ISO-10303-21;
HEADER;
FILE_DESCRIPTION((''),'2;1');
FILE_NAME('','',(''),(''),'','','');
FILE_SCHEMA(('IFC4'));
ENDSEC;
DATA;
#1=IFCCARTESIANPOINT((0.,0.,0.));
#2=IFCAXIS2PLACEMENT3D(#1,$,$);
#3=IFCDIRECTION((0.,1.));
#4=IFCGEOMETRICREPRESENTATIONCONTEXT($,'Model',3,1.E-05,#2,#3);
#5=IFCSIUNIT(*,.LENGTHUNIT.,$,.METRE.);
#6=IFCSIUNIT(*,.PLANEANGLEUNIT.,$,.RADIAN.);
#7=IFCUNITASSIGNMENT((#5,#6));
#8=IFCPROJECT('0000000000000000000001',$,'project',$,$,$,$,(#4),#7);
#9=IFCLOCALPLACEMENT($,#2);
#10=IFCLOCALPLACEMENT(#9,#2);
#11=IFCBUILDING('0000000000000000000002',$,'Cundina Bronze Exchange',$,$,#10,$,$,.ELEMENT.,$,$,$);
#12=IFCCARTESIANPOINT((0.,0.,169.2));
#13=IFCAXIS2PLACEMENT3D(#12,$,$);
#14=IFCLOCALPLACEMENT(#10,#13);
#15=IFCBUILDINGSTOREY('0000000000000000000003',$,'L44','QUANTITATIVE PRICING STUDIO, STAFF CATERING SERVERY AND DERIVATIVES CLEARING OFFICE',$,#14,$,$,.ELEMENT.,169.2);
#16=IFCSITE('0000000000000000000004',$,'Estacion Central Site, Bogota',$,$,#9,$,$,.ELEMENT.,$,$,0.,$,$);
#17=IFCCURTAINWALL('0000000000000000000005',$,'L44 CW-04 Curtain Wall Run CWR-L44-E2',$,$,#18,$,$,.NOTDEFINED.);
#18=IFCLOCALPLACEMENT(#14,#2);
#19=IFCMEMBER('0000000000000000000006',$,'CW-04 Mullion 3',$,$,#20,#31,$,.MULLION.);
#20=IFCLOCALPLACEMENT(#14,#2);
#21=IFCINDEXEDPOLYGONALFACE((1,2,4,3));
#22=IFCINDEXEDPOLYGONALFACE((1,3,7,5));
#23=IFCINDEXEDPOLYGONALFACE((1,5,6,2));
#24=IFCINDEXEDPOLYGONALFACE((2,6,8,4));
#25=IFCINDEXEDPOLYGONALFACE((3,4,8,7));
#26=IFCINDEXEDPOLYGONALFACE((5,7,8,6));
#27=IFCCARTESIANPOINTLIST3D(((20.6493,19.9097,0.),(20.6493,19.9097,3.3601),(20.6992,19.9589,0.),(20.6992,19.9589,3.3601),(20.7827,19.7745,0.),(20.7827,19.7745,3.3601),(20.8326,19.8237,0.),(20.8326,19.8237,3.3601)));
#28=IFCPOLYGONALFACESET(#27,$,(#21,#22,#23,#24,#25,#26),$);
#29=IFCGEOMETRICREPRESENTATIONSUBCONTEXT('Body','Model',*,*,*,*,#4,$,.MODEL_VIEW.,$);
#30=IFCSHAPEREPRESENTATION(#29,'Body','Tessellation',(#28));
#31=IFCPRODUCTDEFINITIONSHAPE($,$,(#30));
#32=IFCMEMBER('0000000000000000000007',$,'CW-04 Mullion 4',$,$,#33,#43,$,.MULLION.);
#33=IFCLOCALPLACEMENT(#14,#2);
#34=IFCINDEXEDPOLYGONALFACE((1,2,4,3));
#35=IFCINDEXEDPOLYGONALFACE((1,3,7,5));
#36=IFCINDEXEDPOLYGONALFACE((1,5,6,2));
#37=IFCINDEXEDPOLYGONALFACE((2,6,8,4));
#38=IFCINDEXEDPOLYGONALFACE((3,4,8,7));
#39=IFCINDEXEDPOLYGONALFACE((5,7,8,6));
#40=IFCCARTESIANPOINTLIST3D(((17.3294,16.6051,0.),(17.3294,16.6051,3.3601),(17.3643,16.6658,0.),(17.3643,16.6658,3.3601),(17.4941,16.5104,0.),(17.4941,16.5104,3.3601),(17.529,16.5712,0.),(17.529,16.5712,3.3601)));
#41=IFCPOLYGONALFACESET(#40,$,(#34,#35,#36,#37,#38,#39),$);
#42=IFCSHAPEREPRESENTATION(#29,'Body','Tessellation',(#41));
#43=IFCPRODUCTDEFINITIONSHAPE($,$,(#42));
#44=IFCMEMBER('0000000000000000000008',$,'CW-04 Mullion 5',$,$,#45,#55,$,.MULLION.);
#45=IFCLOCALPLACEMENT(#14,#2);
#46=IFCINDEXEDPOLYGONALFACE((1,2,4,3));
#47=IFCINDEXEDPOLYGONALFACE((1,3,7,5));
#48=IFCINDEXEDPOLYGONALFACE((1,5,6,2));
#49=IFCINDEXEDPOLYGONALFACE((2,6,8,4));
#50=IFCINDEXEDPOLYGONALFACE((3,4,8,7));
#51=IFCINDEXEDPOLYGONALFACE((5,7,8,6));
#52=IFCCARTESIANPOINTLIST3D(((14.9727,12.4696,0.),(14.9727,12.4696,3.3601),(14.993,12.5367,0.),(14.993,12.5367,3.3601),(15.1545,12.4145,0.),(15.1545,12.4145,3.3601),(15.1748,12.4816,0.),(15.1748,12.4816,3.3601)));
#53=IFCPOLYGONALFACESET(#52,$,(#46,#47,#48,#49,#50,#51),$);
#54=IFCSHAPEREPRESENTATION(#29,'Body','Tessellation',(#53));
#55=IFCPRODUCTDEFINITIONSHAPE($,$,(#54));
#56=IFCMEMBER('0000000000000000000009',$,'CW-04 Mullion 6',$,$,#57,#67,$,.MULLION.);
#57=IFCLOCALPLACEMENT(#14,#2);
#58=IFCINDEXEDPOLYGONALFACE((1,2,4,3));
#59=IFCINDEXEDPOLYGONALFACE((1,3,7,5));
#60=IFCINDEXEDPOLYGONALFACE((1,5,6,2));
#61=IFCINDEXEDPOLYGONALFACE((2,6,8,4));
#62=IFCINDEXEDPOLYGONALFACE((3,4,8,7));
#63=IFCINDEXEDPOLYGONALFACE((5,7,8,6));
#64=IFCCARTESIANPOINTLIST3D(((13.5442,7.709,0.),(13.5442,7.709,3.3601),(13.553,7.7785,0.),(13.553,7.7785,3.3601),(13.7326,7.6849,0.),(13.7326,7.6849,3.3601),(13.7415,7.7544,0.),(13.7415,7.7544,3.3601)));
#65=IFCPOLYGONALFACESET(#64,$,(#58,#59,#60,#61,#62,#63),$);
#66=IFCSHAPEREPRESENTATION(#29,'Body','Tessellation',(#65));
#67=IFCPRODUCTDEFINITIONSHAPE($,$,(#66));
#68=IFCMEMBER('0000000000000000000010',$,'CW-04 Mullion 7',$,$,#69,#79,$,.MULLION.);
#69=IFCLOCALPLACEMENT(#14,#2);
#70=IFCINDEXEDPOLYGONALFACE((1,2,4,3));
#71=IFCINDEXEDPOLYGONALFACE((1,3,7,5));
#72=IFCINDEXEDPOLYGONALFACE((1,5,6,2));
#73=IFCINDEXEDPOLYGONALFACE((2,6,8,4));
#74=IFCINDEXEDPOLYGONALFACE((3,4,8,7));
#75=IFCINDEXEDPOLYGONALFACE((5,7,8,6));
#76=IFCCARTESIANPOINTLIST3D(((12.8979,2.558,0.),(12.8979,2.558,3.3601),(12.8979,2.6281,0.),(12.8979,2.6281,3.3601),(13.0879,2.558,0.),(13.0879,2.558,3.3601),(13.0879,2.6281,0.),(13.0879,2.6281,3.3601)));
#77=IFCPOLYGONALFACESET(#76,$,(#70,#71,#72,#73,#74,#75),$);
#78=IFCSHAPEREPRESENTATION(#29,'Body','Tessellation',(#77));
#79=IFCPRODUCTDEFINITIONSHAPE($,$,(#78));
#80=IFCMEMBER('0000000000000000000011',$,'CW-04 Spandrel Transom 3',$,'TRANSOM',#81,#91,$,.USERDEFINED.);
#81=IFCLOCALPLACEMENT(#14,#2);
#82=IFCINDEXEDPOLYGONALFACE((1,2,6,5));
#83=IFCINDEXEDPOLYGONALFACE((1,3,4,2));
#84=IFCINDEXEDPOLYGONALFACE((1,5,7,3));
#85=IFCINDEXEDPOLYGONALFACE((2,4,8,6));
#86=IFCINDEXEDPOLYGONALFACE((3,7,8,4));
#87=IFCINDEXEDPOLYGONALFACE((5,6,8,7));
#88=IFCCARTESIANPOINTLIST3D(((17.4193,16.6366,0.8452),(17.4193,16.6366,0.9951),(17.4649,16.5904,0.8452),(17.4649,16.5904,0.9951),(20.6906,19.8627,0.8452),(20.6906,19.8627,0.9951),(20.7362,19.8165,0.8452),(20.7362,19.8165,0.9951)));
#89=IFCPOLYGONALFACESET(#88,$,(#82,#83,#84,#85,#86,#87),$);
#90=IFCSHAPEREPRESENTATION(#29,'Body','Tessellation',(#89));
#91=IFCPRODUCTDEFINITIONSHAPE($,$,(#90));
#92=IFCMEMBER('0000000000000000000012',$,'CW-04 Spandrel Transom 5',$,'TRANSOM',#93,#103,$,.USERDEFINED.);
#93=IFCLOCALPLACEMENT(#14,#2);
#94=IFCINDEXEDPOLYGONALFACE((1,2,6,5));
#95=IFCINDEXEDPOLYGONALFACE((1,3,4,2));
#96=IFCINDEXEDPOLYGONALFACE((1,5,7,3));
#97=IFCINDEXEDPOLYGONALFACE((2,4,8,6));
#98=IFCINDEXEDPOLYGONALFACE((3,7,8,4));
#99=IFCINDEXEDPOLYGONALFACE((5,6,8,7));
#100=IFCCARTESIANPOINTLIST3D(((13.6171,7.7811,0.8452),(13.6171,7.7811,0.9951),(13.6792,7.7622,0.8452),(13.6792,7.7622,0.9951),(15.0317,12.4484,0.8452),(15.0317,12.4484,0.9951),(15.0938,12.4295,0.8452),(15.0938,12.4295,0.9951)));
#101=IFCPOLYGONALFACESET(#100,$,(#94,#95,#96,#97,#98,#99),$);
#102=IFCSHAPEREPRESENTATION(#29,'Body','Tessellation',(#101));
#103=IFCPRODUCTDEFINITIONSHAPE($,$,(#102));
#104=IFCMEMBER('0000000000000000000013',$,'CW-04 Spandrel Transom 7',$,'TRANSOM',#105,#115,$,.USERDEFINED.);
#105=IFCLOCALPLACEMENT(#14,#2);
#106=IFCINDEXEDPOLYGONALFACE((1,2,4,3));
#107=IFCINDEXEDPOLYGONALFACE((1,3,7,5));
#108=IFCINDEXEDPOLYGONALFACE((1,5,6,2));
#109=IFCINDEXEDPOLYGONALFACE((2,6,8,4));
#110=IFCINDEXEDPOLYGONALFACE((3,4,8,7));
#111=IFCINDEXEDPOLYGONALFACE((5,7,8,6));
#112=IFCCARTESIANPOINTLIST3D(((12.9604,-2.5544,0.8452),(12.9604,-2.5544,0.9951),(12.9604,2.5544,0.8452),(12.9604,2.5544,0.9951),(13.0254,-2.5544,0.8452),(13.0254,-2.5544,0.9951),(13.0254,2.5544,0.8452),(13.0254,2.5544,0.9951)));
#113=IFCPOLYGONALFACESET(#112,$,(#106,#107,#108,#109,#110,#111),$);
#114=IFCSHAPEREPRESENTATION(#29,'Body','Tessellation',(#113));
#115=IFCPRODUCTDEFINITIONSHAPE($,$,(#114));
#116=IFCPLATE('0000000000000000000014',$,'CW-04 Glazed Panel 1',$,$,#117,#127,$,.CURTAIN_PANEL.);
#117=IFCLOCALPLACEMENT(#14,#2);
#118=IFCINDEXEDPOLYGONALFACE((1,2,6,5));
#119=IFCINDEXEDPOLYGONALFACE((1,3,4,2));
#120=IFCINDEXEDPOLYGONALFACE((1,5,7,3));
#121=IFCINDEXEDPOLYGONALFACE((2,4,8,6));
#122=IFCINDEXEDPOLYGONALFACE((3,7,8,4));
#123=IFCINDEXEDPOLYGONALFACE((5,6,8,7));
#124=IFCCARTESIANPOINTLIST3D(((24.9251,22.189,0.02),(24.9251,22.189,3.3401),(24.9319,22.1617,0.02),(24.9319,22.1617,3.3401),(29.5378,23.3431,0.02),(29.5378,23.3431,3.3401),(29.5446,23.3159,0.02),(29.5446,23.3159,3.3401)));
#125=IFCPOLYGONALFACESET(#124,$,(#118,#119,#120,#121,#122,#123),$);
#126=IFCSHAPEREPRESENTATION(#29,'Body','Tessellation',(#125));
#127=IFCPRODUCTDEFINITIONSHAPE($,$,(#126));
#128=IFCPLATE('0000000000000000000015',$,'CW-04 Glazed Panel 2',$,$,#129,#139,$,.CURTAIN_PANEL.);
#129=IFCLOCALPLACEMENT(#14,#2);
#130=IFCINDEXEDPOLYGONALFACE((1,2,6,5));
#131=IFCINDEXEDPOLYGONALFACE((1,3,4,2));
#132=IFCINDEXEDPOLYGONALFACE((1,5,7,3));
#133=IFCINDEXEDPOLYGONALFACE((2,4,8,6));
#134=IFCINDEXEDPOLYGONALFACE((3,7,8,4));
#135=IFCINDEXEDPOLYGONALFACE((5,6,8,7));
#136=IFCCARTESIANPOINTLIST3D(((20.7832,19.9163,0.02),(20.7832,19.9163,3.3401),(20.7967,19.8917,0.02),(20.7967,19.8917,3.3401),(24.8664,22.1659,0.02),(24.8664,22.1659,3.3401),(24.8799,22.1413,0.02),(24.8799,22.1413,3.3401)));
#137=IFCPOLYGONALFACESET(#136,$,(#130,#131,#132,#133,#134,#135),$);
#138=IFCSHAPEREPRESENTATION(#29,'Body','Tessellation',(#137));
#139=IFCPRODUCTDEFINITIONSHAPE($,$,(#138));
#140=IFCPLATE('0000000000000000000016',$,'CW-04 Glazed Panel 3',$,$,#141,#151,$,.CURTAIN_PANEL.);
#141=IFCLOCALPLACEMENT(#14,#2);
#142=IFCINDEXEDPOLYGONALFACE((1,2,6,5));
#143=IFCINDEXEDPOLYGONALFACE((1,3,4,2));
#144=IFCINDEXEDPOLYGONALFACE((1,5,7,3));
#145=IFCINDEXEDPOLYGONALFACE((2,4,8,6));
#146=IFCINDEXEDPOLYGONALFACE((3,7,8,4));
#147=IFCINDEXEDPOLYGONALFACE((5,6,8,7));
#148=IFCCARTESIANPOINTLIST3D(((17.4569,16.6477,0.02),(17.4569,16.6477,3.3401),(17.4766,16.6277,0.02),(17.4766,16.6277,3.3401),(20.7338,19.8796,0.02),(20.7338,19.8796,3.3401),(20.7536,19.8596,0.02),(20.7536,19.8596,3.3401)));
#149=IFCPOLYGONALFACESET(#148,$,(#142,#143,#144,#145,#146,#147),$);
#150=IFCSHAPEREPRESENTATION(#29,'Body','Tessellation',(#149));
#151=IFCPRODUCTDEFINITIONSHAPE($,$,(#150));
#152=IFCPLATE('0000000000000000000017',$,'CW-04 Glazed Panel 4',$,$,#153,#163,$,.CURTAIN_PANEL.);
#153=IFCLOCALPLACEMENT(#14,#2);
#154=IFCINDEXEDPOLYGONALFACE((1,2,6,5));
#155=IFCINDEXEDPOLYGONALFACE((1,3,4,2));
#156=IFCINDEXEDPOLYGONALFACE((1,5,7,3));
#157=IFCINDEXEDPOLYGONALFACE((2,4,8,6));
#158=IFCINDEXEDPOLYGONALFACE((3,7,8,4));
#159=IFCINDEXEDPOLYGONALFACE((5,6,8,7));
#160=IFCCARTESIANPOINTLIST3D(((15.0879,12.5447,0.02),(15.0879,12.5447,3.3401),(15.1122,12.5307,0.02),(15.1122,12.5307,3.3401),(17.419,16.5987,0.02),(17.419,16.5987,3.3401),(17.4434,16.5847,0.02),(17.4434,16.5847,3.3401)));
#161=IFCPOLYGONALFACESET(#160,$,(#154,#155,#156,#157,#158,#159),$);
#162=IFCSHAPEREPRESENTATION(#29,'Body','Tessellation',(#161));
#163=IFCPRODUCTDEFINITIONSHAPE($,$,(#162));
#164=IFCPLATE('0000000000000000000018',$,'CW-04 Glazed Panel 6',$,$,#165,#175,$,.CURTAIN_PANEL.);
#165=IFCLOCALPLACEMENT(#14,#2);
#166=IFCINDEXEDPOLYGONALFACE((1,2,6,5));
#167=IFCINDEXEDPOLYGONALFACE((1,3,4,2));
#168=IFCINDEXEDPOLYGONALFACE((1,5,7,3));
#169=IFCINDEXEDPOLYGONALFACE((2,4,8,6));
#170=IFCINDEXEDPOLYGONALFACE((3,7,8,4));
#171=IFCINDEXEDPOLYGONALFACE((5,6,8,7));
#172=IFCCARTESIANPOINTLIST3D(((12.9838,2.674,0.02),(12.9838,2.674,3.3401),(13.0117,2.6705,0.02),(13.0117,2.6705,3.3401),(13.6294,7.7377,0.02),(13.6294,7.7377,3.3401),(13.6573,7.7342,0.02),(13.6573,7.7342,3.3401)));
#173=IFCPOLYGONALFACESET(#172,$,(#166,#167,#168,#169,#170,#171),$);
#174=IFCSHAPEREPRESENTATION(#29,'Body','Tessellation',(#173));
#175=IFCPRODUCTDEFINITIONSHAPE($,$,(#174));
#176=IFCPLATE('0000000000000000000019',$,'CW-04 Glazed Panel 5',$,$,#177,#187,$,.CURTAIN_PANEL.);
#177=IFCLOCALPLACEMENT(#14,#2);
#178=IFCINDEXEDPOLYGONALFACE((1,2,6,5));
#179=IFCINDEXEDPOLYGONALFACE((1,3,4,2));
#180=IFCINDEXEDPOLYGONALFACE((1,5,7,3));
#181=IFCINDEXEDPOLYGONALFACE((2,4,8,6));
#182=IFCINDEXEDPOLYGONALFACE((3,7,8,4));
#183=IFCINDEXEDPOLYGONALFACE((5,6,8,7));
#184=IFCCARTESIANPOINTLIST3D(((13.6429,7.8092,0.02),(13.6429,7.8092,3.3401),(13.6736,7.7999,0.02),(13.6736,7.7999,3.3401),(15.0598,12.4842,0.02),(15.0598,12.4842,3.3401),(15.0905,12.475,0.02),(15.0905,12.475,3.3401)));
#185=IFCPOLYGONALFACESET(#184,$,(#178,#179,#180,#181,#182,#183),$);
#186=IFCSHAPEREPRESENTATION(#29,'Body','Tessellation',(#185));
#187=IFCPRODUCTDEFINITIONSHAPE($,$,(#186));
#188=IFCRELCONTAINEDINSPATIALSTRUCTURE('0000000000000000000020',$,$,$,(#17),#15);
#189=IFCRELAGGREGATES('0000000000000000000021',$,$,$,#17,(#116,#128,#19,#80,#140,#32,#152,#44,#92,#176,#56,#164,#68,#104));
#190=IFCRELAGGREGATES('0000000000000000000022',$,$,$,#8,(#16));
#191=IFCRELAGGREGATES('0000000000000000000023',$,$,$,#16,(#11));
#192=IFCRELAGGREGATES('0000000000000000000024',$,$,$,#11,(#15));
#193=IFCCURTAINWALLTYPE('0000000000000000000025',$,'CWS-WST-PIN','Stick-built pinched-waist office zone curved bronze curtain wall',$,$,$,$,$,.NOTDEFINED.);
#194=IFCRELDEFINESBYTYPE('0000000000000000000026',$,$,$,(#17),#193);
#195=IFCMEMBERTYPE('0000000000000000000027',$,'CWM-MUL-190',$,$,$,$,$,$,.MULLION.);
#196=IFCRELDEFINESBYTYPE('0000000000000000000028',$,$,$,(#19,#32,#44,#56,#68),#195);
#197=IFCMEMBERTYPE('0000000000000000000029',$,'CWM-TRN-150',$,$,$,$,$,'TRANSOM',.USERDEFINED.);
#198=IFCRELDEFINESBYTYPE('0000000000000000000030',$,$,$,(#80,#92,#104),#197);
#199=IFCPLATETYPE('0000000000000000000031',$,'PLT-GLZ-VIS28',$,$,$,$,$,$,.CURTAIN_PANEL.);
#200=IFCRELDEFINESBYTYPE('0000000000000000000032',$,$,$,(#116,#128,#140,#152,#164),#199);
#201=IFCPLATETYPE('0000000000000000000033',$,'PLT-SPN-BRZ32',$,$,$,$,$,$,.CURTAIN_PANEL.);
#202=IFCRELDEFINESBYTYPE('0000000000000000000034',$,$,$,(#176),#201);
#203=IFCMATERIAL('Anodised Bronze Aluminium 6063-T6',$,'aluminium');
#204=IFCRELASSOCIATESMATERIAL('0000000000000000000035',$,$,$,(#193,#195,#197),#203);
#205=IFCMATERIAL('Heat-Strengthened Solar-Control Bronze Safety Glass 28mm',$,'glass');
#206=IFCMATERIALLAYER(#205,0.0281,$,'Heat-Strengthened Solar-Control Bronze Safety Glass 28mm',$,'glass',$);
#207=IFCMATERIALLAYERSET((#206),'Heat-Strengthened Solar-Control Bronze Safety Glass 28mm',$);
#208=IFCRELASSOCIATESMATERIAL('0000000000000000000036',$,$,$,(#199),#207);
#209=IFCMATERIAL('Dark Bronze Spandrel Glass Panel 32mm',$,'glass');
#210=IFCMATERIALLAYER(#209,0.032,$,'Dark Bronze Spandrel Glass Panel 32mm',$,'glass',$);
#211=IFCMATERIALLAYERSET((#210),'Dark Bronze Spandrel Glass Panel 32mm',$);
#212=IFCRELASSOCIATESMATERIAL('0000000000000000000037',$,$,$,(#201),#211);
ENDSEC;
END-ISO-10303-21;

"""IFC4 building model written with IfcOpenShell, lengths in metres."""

from ifc_helpers import new_model, si_unit, direction, frame, origin, origin_2d, place, context, subcontext, project, spatial, rectangle, extrude, material, layer, layer_set, material_profile, profile_set, type_object, element, aggregate, save


model = new_model("IFC4")

# Units and contexts
model_context = context("Model", 3, precision=1e-05, world=origin(), true_north=direction((0.0, 1.0)))
body_context = subcontext(model_context, "Body", "Model", "MODEL_VIEW")
ifc_project = project(units=[si_unit("LENGTHUNIT", "METRE"), si_unit("PLANEANGLEUNIT", "RADIAN")], contexts=[model_context])

# Site, building, storey
site_placement = place(None, origin())
site = spatial("IfcSite", under=ifc_project, at=site_placement, Name="Estacion Central Site, Bogota", CompositionType="ELEMENT", RefElevation=0.0)
building_placement = place(site_placement, origin())
building = spatial("IfcBuilding", under=site, at=building_placement, Name="Cundina Bronze Exchange", CompositionType="ELEMENT")
storey_placement = place(building_placement, frame((0.0, 0.0, 169.2)))
storey = spatial("IfcBuildingStorey", under=building, at=storey_placement, Name="L44", Description="QUANTITATIVE PRICING STUDIO, STAFF CATERING SERVERY AND DERIVATIVES CLEARING OFFICE", CompositionType="ELEMENT", Elevation=169.2)

# Curtain wall, members, plates
ifc_material_1 = material(Name="Anodised Bronze Aluminium 6063-T6", Category="aluminium")
curtain_wall_type = type_object("IfcCurtainWallType", Name="CWS-WST-PIN", Description="Stick-built pinched-waist office zone curved bronze curtain wall", PredefinedType="NOTDEFINED", material=ifc_material_1)
curtain_wall_placement = place(storey_placement, origin())
curtain_wall = element("IfcCurtainWall", 1, at=curtain_wall_placement, inside=storey, type_object=curtain_wall_type, Name="L44 CW-04 Curtain Wall Run CWR-L44-E2", PredefinedType="NOTDEFINED")
ifc_material_profile_1 = material_profile(ifc_material_1, rectangle(XDim=0.0701, YDim=0.1899, at=origin_2d()), Name="AL70X190", Category="aluminium")
ifc_profile_set_1 = profile_set([ifc_material_profile_1], Name="Anodised Bronze Aluminium 6063-T6")
member_type_1 = type_object("IfcMemberType", Name="CWM-MUL-190", PredefinedType="MULLION", material=ifc_profile_set_1)
member_1_placement = place(storey_placement, frame((20.741, 19.8667, 0.0), z_axis=(0.0, 0.0, 1.0), x_axis=(-0.712026, -0.702153, 0.0)))
member_1 = element("IfcMember", 2, at=member_1_placement, type_object=member_type_1, Name="CW-04 Mullion 3", PredefinedType="MULLION", context=body_context, shape_type="SweptSolid", body=[
    extrude(rectangle(XDim=0.0701, YDim=0.1899, at=origin_2d()), origin(), (0.0, 0.0, 1.0), 3.3601),
])
member_2_placement = place(storey_placement, frame((17.4292, 16.5881, 0.0), z_axis=(0.0, 0.0, 1.0), x_axis=(-0.498488, -0.866897, 0.0)))
member_2 = element("IfcMember", 3, at=member_2_placement, type_object=member_type_1, Name="CW-04 Mullion 4", PredefinedType="MULLION", context=body_context, shape_type="SweptSolid", body=[
    extrude(rectangle(XDim=0.0701, YDim=0.1899, at=origin_2d()), origin(), (0.0, 0.0, 1.0), 3.3601),
])
member_3_placement = place(storey_placement, frame((15.0737, 12.4756, 0.0), z_axis=(0.0, 0.0, 1.0), x_axis=(-0.290034, -0.957016, 0.0)))
member_3 = element("IfcMember", 4, at=member_3_placement, type_object=member_type_1, Name="CW-04 Mullion 5", PredefinedType="MULLION", context=body_context, shape_type="SweptSolid", body=[
    extrude(rectangle(XDim=0.0701, YDim=0.1899, at=origin_2d()), origin(), (0.0, 0.0, 1.0), 3.3601),
])
member_4_placement = place(storey_placement, frame((13.6428, 7.7317, 0.0), z_axis=(0.0, 0.0, 1.0), x_axis=(-0.126545, -0.991961, 0.0)))
member_4 = element("IfcMember", 5, at=member_4_placement, type_object=member_type_1, Name="CW-04 Mullion 6", PredefinedType="MULLION", context=body_context, shape_type="SweptSolid", body=[
    extrude(rectangle(XDim=0.0701, YDim=0.1899, at=origin_2d()), origin(), (0.0, 0.0, 1.0), 3.3601),
])
member_5_placement = place(storey_placement, frame((12.9929, 2.593, 0.0), z_axis=(0.0, 0.0, 1.0), x_axis=(0.0, -1.0, 0.0)))
member_5 = element("IfcMember", 6, at=member_5_placement, type_object=member_type_1, Name="CW-04 Mullion 7", PredefinedType="MULLION", context=body_context, shape_type="SweptSolid", body=[
    extrude(rectangle(XDim=0.0701, YDim=0.1899, at=origin_2d()), origin(), (0.0, 0.0, 1.0), 3.3601),
])
ifc_material_profile_2 = material_profile(ifc_material_1, rectangle(XDim=0.0649, YDim=0.1499, at=origin_2d()), Name="AL65X150", Category="aluminium")
ifc_profile_set_2 = profile_set([ifc_material_profile_2], Name="Anodised Bronze Aluminium 6063-T6")
member_type_2 = type_object("IfcMemberType", Name="CWM-TRN-150", ElementType="TRANSOM", PredefinedType="USERDEFINED", material=ifc_profile_set_2)
member_6_placement = place(storey_placement, frame((20.7134, 19.8396, 0.9202), z_axis=(-0.712005, -0.702174, 0.0), x_axis=(0.702174, -0.712005, 0.0)))
member_6 = element("IfcMember", 7, at=member_6_placement, type_object=member_type_2, Name="CW-04 Spandrel Transom 3", ObjectType="TRANSOM", PredefinedType="USERDEFINED", context=body_context, shape_type="SweptSolid", body=[
    extrude(rectangle(XDim=0.0649, YDim=0.1499, at=origin_2d()), origin(), (0.0, 0.0, 1.0), 4.5945),
])
member_7_placement = place(storey_placement, frame((15.0627, 12.439, 0.9202), z_axis=(-0.290052, -0.957011, 0.0), x_axis=(0.957011, -0.290052, 0.0)))
member_7 = element("IfcMember", 8, at=member_7_placement, type_object=member_type_2, Name="CW-04 Spandrel Transom 5", ObjectType="TRANSOM", PredefinedType="USERDEFINED", context=body_context, shape_type="SweptSolid", body=[
    extrude(rectangle(XDim=0.0649, YDim=0.1499, at=origin_2d()), origin(), (0.0, 0.0, 1.0), 4.877),
])
member_8_placement = place(storey_placement, frame((12.9929, 2.5544, 0.9202), z_axis=(0.0, -1.0, 0.0), x_axis=(1.0, 0.0, 0.0)))
member_8 = element("IfcMember", 9, at=member_8_placement, type_object=member_type_2, Name="CW-04 Spandrel Transom 7", ObjectType="TRANSOM", PredefinedType="USERDEFINED", context=body_context, shape_type="SweptSolid", body=[
    extrude(rectangle(XDim=0.0649, YDim=0.1499, at=origin_2d()), origin(), (0.0, 0.0, 1.0), 5.1089),
])
ifc_material_2 = material(Name="Heat-Strengthened Solar-Control Bronze Safety Glass 28mm", Category="glass")
ifc_layer_1 = layer(ifc_material_2, 0.0281, Name="Heat-Strengthened Solar-Control Bronze Safety Glass 28mm", Category="glass")
ifc_layer_set_1 = layer_set([ifc_layer_1], Name="Heat-Strengthened Solar-Control Bronze Safety Glass 28mm")
plate_type_1 = type_object("IfcPlateType", Name="PLT-GLZ-VIS28", PredefinedType="CURTAIN_PANEL", material=ifc_layer_set_1)
plate_1_placement = place(storey_placement, frame((27.2349, 22.7524, 0.02), z_axis=(0.0, 0.0, 1.0), x_axis=(-0.970093, -0.242735, 0.0)))
plate_1 = element("IfcPlate", 10, at=plate_1_placement, type_object=plate_type_1, Name="CW-04 Glazed Panel 1", PredefinedType="CURTAIN_PANEL", context=body_context, shape_type="SweptSolid", body=[
    extrude(rectangle(XDim=4.7549, YDim=0.0281, at=origin_2d()), origin(), (0.0, 0.0, 1.0), 3.3201),
])
plate_2_placement = place(storey_placement, frame((22.8315, 21.0288, 0.02), z_axis=(0.0, 0.0, 1.0), x_axis=(-0.875869, -0.482549, 0.0)))
plate_2 = element("IfcPlate", 11, at=plate_2_placement, type_object=plate_type_1, Name="CW-04 Glazed Panel 2", PredefinedType="CURTAIN_PANEL", context=body_context, shape_type="SweptSolid", body=[
    extrude(rectangle(XDim=4.6619, YDim=0.0281, at=origin_2d()), origin(), (0.0, 0.0, 1.0), 3.3201),
])
plate_3_placement = place(storey_placement, frame((19.1052, 18.2537, 0.02), z_axis=(0.0, 0.0, 1.0), x_axis=(-0.711989, -0.70219, 0.0)))
plate_3 = element("IfcPlate", 12, at=plate_3_placement, type_object=plate_type_1, Name="CW-04 Glazed Panel 3", PredefinedType="CURTAIN_PANEL", context=body_context, shape_type="SweptSolid", body=[
    extrude(rectangle(XDim=4.6025, YDim=0.0281, at=origin_2d()), origin(), (0.0, 0.0, 1.0), 3.3201),
])
plate_4_placement = place(storey_placement, frame((16.2656, 14.5647, 0.02), z_axis=(0.0, 0.0, 1.0), x_axis=(-0.498488, -0.866897, 0.0)))
plate_4 = element("IfcPlate", 13, at=plate_4_placement, type_object=plate_type_1, Name="CW-04 Glazed Panel 4", PredefinedType="CURTAIN_PANEL", context=body_context, shape_type="SweptSolid", body=[
    extrude(rectangle(XDim=4.6765, YDim=0.0281, at=origin_2d()), origin(), (0.0, 0.0, 1.0), 3.3201),
])
plate_5_placement = place(storey_placement, frame((13.3206, 5.2041, 0.02), z_axis=(0.0, 0.0, 1.0), x_axis=(-0.126476, -0.99197, 0.0)))
plate_5 = element("IfcPlate", 14, at=plate_5_placement, type_object=plate_type_1, Name="CW-04 Glazed Panel 6", PredefinedType="CURTAIN_PANEL", context=body_context, shape_type="SweptSolid", body=[
    extrude(rectangle(XDim=5.1047, YDim=0.0281, at=origin_2d()), origin(), (0.0, 0.0, 1.0), 3.3201),
])
ifc_material_3 = material(Name="Dark Bronze Spandrel Glass Panel 32mm", Category="glass")
ifc_layer_2 = layer(ifc_material_3, 0.032, Name="Dark Bronze Spandrel Glass Panel 32mm", Category="glass")
ifc_layer_set_2 = layer_set([ifc_layer_2], Name="Dark Bronze Spandrel Glass Panel 32mm")
plate_type_2 = type_object("IfcPlateType", Name="PLT-SPN-BRZ32", PredefinedType="CURTAIN_PANEL", material=ifc_layer_set_2)
plate_6_placement = place(storey_placement, frame((14.3667, 10.1421, 0.02), z_axis=(0.0, 0.0, 1.0), x_axis=(-0.290051, -0.957011, 0.0)))
plate_6 = element("IfcPlate", 15, at=plate_6_placement, type_object=plate_type_2, Name="CW-04 Glazed Panel 5", PredefinedType="CURTAIN_PANEL", context=body_context, shape_type="SweptSolid", body=[
    extrude(rectangle(XDim=4.885, YDim=0.032, at=origin_2d()), origin(), (0.0, 0.0, 1.0), 3.3201),
])
aggregate(curtain_wall, [plate_1, plate_2, member_1, member_6, plate_3, member_2, plate_4, member_3, member_7, plate_6, member_4, plate_5, member_5, member_8])

save(model, "model.ifc")
